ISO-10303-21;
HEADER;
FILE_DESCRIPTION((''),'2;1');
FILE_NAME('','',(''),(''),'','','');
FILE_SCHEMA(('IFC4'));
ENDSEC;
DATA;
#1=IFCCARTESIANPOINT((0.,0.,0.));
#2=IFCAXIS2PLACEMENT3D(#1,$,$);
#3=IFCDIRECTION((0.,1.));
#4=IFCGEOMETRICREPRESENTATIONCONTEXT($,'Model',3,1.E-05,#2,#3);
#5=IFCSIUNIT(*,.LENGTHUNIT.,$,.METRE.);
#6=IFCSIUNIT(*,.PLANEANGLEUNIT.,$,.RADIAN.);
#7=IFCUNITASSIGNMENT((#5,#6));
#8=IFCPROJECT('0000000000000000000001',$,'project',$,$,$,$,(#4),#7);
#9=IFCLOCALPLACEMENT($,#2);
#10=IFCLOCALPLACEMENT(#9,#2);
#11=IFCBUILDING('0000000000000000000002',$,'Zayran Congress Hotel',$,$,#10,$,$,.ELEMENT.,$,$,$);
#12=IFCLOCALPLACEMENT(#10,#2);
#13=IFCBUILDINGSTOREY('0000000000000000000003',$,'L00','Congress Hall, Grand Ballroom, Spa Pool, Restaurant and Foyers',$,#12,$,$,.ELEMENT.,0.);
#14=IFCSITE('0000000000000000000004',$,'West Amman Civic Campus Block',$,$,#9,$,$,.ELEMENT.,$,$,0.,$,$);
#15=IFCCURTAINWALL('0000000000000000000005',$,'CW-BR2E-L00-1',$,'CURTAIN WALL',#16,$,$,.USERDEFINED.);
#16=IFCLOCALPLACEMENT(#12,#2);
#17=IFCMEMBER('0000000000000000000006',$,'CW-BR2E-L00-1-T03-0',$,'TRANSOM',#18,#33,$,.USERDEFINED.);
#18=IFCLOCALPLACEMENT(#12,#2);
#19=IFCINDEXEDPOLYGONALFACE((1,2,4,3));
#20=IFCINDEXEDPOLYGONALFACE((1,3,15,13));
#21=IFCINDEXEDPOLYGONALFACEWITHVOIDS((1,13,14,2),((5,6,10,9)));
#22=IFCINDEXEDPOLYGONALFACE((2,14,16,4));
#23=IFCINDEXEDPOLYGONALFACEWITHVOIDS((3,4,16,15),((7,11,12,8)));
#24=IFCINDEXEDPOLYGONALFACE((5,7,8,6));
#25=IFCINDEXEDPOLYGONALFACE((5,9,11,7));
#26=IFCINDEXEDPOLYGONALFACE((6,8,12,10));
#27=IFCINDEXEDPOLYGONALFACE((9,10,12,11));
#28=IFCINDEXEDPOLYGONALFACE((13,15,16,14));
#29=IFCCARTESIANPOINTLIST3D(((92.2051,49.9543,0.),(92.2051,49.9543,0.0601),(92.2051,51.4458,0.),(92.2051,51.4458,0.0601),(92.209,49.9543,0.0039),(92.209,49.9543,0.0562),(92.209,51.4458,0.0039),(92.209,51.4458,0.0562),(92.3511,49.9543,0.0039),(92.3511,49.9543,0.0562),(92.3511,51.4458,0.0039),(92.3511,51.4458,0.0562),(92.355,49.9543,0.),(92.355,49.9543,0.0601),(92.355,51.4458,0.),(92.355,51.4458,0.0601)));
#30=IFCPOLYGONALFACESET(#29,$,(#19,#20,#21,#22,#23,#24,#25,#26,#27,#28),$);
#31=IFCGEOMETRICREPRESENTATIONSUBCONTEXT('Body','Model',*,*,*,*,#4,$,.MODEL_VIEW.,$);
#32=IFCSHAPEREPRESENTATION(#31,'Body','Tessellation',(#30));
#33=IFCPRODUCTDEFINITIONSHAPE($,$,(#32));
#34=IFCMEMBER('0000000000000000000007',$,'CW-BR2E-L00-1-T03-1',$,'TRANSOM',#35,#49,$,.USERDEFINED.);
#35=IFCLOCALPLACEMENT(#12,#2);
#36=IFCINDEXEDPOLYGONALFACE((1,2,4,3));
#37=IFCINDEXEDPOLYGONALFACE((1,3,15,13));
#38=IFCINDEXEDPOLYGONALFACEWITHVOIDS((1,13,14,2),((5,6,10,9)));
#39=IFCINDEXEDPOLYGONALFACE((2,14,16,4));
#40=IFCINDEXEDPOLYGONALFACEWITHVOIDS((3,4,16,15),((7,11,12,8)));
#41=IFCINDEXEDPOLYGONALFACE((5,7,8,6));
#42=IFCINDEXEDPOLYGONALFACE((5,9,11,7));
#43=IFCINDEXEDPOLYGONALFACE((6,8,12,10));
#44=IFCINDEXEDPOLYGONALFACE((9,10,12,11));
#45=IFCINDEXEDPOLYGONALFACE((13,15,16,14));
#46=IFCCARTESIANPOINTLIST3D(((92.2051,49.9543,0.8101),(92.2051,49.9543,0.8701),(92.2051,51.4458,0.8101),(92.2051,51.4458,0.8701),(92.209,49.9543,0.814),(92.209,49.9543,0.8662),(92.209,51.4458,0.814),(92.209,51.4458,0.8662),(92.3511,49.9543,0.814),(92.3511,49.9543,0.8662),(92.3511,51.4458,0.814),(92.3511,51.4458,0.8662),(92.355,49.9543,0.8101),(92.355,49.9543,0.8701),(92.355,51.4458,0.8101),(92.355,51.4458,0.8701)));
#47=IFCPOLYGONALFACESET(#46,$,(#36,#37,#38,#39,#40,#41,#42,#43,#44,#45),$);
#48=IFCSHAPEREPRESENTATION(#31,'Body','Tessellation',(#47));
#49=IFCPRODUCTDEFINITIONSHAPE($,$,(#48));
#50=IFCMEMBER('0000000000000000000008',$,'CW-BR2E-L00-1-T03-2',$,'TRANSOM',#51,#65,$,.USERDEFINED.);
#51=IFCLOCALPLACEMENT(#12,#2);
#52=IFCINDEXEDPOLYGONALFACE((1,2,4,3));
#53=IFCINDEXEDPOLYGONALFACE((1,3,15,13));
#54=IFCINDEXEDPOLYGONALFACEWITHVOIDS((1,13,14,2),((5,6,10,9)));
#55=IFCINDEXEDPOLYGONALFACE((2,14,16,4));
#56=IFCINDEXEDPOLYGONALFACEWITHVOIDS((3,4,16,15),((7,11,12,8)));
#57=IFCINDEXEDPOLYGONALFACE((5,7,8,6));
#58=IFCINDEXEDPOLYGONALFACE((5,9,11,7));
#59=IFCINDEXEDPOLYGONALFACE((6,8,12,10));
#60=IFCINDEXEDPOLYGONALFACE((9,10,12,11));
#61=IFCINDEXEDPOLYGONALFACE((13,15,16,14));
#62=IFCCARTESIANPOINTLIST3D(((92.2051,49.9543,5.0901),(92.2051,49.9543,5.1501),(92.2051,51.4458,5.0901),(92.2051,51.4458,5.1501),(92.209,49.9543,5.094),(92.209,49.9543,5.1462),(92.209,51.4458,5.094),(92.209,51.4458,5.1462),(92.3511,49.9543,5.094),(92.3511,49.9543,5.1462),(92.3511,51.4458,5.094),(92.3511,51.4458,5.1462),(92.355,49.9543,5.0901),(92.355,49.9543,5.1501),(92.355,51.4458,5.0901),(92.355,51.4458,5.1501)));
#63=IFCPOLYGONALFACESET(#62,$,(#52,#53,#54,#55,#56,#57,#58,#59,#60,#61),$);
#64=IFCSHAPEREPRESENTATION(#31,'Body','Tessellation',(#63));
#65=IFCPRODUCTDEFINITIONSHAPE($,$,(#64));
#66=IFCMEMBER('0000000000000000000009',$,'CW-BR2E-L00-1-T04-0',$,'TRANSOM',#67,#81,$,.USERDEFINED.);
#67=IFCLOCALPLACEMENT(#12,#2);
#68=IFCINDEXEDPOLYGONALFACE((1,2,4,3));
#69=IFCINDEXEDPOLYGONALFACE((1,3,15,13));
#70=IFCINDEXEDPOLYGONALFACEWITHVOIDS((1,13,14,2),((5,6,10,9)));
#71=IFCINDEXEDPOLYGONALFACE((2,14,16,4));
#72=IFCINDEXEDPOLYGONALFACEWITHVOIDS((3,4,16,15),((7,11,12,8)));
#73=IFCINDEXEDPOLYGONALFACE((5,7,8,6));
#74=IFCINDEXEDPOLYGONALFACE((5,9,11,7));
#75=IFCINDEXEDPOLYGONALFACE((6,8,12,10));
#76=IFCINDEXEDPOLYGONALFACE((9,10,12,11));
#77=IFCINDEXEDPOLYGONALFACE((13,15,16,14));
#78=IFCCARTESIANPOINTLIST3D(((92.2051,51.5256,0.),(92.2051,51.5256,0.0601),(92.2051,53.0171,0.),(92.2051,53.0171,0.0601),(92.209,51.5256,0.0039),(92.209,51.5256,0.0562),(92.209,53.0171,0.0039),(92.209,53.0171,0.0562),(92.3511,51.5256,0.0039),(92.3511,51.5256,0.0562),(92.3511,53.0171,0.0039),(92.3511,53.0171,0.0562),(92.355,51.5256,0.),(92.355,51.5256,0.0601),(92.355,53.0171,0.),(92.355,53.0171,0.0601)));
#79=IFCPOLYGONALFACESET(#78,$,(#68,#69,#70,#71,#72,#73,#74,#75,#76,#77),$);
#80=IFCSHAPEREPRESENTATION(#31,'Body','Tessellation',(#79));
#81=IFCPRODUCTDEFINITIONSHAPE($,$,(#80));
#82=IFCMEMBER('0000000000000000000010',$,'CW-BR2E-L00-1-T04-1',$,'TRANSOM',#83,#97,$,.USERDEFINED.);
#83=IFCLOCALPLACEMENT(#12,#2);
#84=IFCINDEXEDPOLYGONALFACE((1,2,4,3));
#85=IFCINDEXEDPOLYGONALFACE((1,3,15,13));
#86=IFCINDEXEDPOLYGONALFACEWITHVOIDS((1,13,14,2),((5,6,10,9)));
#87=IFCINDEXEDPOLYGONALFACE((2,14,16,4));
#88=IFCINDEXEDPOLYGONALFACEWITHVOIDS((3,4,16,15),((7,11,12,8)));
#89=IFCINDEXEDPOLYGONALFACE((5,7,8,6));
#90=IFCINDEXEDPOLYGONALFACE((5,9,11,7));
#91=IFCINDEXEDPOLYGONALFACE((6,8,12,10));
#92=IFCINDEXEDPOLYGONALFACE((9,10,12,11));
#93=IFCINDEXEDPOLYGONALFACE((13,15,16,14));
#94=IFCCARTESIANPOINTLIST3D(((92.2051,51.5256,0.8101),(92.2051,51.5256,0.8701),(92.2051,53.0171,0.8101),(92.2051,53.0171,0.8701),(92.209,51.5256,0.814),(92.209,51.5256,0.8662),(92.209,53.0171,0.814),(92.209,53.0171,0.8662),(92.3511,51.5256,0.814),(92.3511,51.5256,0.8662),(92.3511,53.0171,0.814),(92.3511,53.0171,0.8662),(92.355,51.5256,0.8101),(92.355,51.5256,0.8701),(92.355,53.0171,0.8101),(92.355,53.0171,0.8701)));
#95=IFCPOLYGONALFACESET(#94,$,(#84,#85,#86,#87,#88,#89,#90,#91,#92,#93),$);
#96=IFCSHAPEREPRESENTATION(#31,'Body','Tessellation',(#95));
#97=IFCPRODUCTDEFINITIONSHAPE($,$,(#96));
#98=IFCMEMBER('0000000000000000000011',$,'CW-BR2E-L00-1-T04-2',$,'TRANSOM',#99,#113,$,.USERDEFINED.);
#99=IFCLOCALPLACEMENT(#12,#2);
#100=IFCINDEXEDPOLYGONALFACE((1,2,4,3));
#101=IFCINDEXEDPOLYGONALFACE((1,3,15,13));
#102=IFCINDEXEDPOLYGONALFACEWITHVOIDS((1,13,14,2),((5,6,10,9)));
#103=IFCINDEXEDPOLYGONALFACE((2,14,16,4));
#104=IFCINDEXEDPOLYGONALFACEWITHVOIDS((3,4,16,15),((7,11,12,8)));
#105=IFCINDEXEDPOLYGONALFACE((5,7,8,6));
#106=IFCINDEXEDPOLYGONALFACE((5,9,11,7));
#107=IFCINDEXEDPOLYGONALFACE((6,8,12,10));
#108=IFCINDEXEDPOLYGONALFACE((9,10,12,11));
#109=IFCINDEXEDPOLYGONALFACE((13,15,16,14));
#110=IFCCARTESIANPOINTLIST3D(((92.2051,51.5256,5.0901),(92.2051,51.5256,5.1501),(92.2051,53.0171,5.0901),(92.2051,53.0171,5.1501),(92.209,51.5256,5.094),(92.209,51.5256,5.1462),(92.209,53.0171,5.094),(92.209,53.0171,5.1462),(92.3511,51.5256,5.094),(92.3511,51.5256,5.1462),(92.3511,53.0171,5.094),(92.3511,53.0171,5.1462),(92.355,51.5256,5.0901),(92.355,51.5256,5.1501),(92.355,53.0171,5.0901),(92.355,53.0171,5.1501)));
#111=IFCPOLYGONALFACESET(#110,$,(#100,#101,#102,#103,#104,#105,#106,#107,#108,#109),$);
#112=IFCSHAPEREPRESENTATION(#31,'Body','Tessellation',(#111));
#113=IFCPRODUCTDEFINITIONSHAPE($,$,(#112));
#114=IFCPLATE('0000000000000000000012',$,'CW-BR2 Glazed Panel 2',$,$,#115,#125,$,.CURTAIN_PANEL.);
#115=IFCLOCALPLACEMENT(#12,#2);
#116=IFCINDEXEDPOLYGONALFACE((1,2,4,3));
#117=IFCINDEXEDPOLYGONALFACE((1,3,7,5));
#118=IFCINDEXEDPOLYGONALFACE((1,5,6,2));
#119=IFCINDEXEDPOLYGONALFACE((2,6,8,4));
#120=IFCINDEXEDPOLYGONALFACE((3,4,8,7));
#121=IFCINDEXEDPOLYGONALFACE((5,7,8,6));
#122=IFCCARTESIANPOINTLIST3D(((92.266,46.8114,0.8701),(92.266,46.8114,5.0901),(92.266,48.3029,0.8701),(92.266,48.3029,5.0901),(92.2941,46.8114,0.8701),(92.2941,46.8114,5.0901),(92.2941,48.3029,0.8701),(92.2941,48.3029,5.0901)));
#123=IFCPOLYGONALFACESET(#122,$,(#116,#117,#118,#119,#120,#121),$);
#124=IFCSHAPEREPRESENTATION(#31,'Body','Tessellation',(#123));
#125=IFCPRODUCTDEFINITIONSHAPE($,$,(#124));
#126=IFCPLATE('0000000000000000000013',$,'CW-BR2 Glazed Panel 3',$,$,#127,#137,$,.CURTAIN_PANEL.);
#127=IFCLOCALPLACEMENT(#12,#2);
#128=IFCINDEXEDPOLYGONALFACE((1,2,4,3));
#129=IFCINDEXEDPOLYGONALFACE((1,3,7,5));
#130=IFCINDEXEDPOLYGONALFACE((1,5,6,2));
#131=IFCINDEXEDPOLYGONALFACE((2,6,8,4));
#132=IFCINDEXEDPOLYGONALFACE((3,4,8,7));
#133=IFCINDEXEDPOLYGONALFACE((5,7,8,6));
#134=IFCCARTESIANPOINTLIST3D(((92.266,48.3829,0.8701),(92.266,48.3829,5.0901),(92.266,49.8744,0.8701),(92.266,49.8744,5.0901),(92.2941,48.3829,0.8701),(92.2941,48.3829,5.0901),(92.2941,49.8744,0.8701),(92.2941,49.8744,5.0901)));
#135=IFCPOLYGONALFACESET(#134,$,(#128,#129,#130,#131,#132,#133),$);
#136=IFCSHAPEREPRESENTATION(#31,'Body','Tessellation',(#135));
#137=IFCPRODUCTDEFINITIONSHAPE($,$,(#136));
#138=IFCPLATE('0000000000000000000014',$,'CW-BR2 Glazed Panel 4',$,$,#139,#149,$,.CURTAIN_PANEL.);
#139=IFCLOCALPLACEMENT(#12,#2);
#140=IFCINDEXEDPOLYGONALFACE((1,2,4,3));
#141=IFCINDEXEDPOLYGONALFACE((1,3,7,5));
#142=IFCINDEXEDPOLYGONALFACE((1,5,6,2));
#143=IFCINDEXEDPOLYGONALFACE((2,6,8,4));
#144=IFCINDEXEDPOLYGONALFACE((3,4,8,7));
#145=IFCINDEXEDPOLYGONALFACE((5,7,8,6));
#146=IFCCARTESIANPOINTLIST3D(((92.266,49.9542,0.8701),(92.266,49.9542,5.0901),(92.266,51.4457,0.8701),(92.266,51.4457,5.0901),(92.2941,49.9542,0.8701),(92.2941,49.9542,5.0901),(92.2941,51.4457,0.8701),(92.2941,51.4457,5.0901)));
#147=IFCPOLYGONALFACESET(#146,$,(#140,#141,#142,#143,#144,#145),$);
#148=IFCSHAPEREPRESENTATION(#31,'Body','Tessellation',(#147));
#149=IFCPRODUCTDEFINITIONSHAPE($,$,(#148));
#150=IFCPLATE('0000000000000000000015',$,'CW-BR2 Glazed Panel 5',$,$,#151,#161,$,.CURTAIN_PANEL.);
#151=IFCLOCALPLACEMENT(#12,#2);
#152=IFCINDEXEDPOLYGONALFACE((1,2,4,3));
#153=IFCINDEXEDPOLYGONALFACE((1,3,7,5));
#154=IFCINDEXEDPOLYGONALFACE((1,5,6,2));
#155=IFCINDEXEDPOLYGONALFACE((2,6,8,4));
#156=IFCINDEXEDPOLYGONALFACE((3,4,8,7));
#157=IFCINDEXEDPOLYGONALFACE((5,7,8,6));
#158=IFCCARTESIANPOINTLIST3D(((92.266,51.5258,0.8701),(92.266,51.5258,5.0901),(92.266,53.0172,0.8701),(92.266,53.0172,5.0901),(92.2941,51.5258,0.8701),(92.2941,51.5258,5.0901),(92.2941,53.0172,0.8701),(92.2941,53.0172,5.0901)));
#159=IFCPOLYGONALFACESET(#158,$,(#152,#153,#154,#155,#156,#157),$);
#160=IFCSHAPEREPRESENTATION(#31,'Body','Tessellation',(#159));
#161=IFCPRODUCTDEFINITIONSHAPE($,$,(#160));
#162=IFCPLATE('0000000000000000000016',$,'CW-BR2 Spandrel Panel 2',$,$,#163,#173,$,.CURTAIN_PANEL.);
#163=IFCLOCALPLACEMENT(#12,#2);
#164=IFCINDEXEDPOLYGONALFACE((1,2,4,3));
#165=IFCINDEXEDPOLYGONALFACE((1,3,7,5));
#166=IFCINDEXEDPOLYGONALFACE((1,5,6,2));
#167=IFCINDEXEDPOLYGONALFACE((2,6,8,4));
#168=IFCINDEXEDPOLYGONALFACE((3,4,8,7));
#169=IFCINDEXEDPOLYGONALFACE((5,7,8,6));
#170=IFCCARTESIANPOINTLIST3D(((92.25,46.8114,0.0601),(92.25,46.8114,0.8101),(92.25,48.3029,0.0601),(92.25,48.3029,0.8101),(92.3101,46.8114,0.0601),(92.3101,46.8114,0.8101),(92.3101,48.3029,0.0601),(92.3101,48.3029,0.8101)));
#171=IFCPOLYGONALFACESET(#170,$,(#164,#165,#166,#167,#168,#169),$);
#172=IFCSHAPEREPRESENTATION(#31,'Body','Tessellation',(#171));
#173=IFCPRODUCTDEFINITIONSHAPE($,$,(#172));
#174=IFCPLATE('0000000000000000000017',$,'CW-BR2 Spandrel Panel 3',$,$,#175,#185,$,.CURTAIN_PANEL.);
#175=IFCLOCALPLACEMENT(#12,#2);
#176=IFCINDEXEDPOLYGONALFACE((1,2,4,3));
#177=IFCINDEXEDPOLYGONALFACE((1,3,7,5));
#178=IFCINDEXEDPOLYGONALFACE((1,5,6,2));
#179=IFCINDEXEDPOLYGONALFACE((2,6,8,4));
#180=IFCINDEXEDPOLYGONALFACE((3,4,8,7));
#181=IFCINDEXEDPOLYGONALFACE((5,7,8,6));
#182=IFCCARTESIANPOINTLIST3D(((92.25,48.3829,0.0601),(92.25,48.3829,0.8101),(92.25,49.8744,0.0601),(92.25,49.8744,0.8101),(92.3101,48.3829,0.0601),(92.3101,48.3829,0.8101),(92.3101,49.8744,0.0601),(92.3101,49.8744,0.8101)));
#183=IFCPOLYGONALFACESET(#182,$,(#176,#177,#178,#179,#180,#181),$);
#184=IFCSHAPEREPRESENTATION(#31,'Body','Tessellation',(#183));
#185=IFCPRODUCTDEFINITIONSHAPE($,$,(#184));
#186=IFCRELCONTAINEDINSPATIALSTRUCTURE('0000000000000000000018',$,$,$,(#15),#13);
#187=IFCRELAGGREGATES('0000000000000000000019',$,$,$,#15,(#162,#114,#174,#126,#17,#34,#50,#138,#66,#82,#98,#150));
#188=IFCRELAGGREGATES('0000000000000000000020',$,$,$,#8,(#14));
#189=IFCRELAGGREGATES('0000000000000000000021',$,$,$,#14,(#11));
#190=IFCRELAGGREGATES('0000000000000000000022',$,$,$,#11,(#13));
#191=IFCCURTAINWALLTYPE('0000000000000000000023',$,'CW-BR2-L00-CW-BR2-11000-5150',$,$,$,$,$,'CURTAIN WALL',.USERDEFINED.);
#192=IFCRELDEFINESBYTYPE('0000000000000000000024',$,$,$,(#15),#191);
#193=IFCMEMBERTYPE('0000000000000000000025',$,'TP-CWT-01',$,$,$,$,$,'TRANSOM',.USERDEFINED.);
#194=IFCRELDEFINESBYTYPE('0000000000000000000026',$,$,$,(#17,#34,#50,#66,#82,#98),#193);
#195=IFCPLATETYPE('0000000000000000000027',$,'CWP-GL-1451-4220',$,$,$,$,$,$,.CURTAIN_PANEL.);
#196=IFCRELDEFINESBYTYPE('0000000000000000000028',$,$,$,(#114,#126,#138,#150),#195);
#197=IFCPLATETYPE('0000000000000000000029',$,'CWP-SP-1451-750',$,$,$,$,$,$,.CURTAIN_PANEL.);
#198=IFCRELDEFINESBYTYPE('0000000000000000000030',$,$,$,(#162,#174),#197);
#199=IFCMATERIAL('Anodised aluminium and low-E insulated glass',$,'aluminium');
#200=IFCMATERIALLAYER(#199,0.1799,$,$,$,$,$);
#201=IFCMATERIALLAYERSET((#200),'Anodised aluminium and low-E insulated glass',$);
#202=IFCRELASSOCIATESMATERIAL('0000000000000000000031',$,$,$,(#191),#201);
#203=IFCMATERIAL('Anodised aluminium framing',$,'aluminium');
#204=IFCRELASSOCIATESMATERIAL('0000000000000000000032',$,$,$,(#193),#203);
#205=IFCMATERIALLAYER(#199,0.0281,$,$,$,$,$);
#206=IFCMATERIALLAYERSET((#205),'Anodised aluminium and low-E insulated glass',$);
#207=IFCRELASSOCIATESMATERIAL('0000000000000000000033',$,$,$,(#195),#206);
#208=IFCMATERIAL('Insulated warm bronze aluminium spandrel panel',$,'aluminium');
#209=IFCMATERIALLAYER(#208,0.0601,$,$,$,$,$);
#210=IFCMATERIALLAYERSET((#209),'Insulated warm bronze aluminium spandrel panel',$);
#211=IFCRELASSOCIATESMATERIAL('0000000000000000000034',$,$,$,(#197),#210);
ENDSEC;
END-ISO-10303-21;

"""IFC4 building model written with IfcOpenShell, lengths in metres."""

from ifc_helpers import new_model, si_unit, direction, frame, origin, origin_2d, place, context, subcontext, project, spatial, rectangle, hollow_rectangle, extrude, material, layer, layer_set, material_profile, profile_set, type_object, element, aggregate, save


model = new_model("IFC4")

# Units and contexts
model_context = context("Model", 3, precision=1e-05, world=origin(), true_north=direction((0.0, 1.0)))
body_context = subcontext(model_context, "Body", "Model", "MODEL_VIEW")
ifc_project = project(units=[si_unit("LENGTHUNIT", "METRE"), si_unit("PLANEANGLEUNIT", "RADIAN")], contexts=[model_context])

# Site, building, storey
site_placement = place(None, origin())
site = spatial("IfcSite", under=ifc_project, at=site_placement, Name="West Amman Civic Campus Block", CompositionType="ELEMENT", RefElevation=0.0)
building_placement = place(site_placement, origin())
building = spatial("IfcBuilding", under=site, at=building_placement, Name="Zayran Congress Hotel", CompositionType="ELEMENT")
storey_placement = place(building_placement, origin())
storey = spatial("IfcBuildingStorey", under=building, at=storey_placement, Name="L00", Description="Congress Hall, Grand Ballroom, Spa Pool, Restaurant and Foyers", CompositionType="ELEMENT", Elevation=0.0)

# Curtain wall, members, plates
ifc_material_1 = material(Name="Anodised aluminium and low-E insulated glass", Category="aluminium")
ifc_layer_1 = layer(ifc_material_1, 0.1799)
ifc_layer_set_1 = layer_set([ifc_layer_1], Name="Anodised aluminium and low-E insulated glass")
curtain_wall_type = type_object("IfcCurtainWallType", Name="CW-BR2-L00-CW-BR2-11000-5150", ElementType="CURTAIN WALL", PredefinedType="USERDEFINED", material=ifc_layer_set_1)
curtain_wall_placement = place(storey_placement, origin())
curtain_wall = element("IfcCurtainWall", 1, at=curtain_wall_placement, inside=storey, type_object=curtain_wall_type, Name="CW-BR2E-L00-1", ObjectType="CURTAIN WALL", PredefinedType="USERDEFINED")
ifc_material_2 = material(Name="Anodised aluminium framing", Category="aluminium")
ifc_material_profile_1 = material_profile(ifc_material_2, hollow_rectangle(XDim=0.0601, YDim=0.1499, WallThickness=0.0039, at=origin_2d()), Name="RHS 150x60x4")
ifc_profile_set_1 = profile_set([ifc_material_profile_1], Name="Anodised aluminium framing")
member_type_1 = type_object("IfcMemberType", Name="TP-CWT-01", ElementType="TRANSOM", PredefinedType="USERDEFINED", material=ifc_profile_set_1)
member_1_placement = place(storey_placement, frame((92.28, 49.9543, 0.03), z_axis=(0.0, 1.0, 0.0), x_axis=(0.0, 0.0, 1.0)))
member_1 = element("IfcMember", 2, at=member_1_placement, type_object=member_type_1, Name="CW-BR2E-L00-1-T03-0", ObjectType="TRANSOM", PredefinedType="USERDEFINED", context=body_context, shape_type="SweptSolid", body=[
    extrude(hollow_rectangle(XDim=0.0601, YDim=0.1499, WallThickness=0.0039, at=origin_2d()), origin(), (0.0, 0.0, 1.0), 1.4915),
])
member_2_placement = place(storey_placement, frame((92.28, 49.9543, 0.8401), z_axis=(0.0, 1.0, 0.0), x_axis=(0.0, 0.0, 1.0)))
member_2 = element("IfcMember", 3, at=member_2_placement, type_object=member_type_1, Name="CW-BR2E-L00-1-T03-1", ObjectType="TRANSOM", PredefinedType="USERDEFINED", context=body_context, shape_type="SweptSolid", body=[
    extrude(hollow_rectangle(XDim=0.0601, YDim=0.1499, WallThickness=0.0039, at=origin_2d()), origin(), (0.0, 0.0, 1.0), 1.4915),
])
member_3_placement = place(storey_placement, frame((92.28, 49.9543, 5.1201), z_axis=(0.0, 1.0, 0.0), x_axis=(0.0, 0.0, 1.0)))
member_3 = element("IfcMember", 4, at=member_3_placement, type_object=member_type_1, Name="CW-BR2E-L00-1-T03-2", ObjectType="TRANSOM", PredefinedType="USERDEFINED", context=body_context, shape_type="SweptSolid", body=[
    extrude(hollow_rectangle(XDim=0.0601, YDim=0.1499, WallThickness=0.0039, at=origin_2d()), origin(), (0.0, 0.0, 1.0), 1.4915),
])
member_4_placement = place(storey_placement, frame((92.28, 51.5256, 0.03), z_axis=(0.0, 1.0, 0.0), x_axis=(0.0, 0.0, 1.0)))
member_4 = element("IfcMember", 5, at=member_4_placement, type_object=member_type_1, Name="CW-BR2E-L00-1-T04-0", ObjectType="TRANSOM", PredefinedType="USERDEFINED", context=body_context, shape_type="SweptSolid", body=[
    extrude(hollow_rectangle(XDim=0.0601, YDim=0.1499, WallThickness=0.0039, at=origin_2d()), origin(), (0.0, 0.0, 1.0), 1.4915),
])
member_5_placement = place(storey_placement, frame((92.28, 51.5256, 0.8401), z_axis=(0.0, 1.0, 0.0), x_axis=(0.0, 0.0, 1.0)))
member_5 = element("IfcMember", 6, at=member_5_placement, type_object=member_type_1, Name="CW-BR2E-L00-1-T04-1", ObjectType="TRANSOM", PredefinedType="USERDEFINED", context=body_context, shape_type="SweptSolid", body=[
    extrude(hollow_rectangle(XDim=0.0601, YDim=0.1499, WallThickness=0.0039, at=origin_2d()), origin(), (0.0, 0.0, 1.0), 1.4915),
])
member_6_placement = place(storey_placement, frame((92.28, 51.5256, 5.1201), z_axis=(0.0, 1.0, 0.0), x_axis=(0.0, 0.0, 1.0)))
member_6 = element("IfcMember", 7, at=member_6_placement, type_object=member_type_1, Name="CW-BR2E-L00-1-T04-2", ObjectType="TRANSOM", PredefinedType="USERDEFINED", context=body_context, shape_type="SweptSolid", body=[
    extrude(hollow_rectangle(XDim=0.0601, YDim=0.1499, WallThickness=0.0039, at=origin_2d()), origin(), (0.0, 0.0, 1.0), 1.4915),
])
ifc_layer_2 = layer(ifc_material_1, 0.0281)
ifc_layer_set_2 = layer_set([ifc_layer_2], Name="Anodised aluminium and low-E insulated glass")
plate_type_1 = type_object("IfcPlateType", Name="CWP-GL-1451-4220", PredefinedType="CURTAIN_PANEL", material=ifc_layer_set_2)
plate_1_placement = place(storey_placement, frame((92.28, 47.5571, 0.8701), z_axis=(0.0, 0.0, 1.0), x_axis=(0.0, 1.0, 0.0)))
plate_1 = element("IfcPlate", 8, at=plate_1_placement, type_object=plate_type_1, Name="CW-BR2 Glazed Panel 2", PredefinedType="CURTAIN_PANEL", context=body_context, shape_type="SweptSolid", body=[
    extrude(rectangle(XDim=1.4915, YDim=0.0281, at=origin_2d()), origin(), (0.0, 0.0, 1.0), 4.22),
])
plate_2_placement = place(storey_placement, frame((92.28, 49.1287, 0.8701), z_axis=(0.0, 0.0, 1.0), x_axis=(0.0, 1.0, 0.0)))
plate_2 = element("IfcPlate", 9, at=plate_2_placement, type_object=plate_type_1, Name="CW-BR2 Glazed Panel 3", PredefinedType="CURTAIN_PANEL", context=body_context, shape_type="SweptSolid", body=[
    extrude(rectangle(XDim=1.4915, YDim=0.0281, at=origin_2d()), origin(), (0.0, 0.0, 1.0), 4.22),
])
plate_3_placement = place(storey_placement, frame((92.28, 50.7, 0.8701), z_axis=(0.0, 0.0, 1.0), x_axis=(0.0, 1.0, 0.0)))
plate_3 = element("IfcPlate", 10, at=plate_3_placement, type_object=plate_type_1, Name="CW-BR2 Glazed Panel 4", PredefinedType="CURTAIN_PANEL", context=body_context, shape_type="SweptSolid", body=[
    extrude(rectangle(XDim=1.4915, YDim=0.0281, at=origin_2d()), origin(), (0.0, 0.0, 1.0), 4.22),
])
plate_4_placement = place(storey_placement, frame((92.28, 52.2715, 0.8701), z_axis=(0.0, 0.0, 1.0), x_axis=(0.0, 1.0, 0.0)))
plate_4 = element("IfcPlate", 11, at=plate_4_placement, type_object=plate_type_1, Name="CW-BR2 Glazed Panel 5", PredefinedType="CURTAIN_PANEL", context=body_context, shape_type="SweptSolid", body=[
    extrude(rectangle(XDim=1.4915, YDim=0.0281, at=origin_2d()), origin(), (0.0, 0.0, 1.0), 4.22),
])
ifc_material_3 = material(Name="Insulated warm bronze aluminium spandrel panel", Category="aluminium")
ifc_layer_3 = layer(ifc_material_3, 0.0601)
ifc_layer_set_3 = layer_set([ifc_layer_3], Name="Insulated warm bronze aluminium spandrel panel")
plate_type_2 = type_object("IfcPlateType", Name="CWP-SP-1451-750", PredefinedType="CURTAIN_PANEL", material=ifc_layer_set_3)
plate_5_placement = place(storey_placement, frame((92.28, 47.5571, 0.0601), z_axis=(0.0, 0.0, 1.0), x_axis=(0.0, 1.0, 0.0)))
plate_5 = element("IfcPlate", 12, at=plate_5_placement, type_object=plate_type_2, Name="CW-BR2 Spandrel Panel 2", PredefinedType="CURTAIN_PANEL", context=body_context, shape_type="SweptSolid", body=[
    extrude(rectangle(XDim=1.4915, YDim=0.0601, at=origin_2d()), origin(), (0.0, 0.0, 1.0), 0.75),
])
plate_6_placement = place(storey_placement, frame((92.28, 49.1287, 0.0601), z_axis=(0.0, 0.0, 1.0), x_axis=(0.0, 1.0, 0.0)))
plate_6 = element("IfcPlate", 13, at=plate_6_placement, type_object=plate_type_2, Name="CW-BR2 Spandrel Panel 3", PredefinedType="CURTAIN_PANEL", context=body_context, shape_type="SweptSolid", body=[
    extrude(rectangle(XDim=1.4915, YDim=0.0601, at=origin_2d()), origin(), (0.0, 0.0, 1.0), 0.75),
])
aggregate(curtain_wall, [plate_5, plate_1, plate_6, plate_2, member_1, member_2, member_3, plate_3, member_4, member_5, member_6, plate_4])

save(model, "model.ifc")
